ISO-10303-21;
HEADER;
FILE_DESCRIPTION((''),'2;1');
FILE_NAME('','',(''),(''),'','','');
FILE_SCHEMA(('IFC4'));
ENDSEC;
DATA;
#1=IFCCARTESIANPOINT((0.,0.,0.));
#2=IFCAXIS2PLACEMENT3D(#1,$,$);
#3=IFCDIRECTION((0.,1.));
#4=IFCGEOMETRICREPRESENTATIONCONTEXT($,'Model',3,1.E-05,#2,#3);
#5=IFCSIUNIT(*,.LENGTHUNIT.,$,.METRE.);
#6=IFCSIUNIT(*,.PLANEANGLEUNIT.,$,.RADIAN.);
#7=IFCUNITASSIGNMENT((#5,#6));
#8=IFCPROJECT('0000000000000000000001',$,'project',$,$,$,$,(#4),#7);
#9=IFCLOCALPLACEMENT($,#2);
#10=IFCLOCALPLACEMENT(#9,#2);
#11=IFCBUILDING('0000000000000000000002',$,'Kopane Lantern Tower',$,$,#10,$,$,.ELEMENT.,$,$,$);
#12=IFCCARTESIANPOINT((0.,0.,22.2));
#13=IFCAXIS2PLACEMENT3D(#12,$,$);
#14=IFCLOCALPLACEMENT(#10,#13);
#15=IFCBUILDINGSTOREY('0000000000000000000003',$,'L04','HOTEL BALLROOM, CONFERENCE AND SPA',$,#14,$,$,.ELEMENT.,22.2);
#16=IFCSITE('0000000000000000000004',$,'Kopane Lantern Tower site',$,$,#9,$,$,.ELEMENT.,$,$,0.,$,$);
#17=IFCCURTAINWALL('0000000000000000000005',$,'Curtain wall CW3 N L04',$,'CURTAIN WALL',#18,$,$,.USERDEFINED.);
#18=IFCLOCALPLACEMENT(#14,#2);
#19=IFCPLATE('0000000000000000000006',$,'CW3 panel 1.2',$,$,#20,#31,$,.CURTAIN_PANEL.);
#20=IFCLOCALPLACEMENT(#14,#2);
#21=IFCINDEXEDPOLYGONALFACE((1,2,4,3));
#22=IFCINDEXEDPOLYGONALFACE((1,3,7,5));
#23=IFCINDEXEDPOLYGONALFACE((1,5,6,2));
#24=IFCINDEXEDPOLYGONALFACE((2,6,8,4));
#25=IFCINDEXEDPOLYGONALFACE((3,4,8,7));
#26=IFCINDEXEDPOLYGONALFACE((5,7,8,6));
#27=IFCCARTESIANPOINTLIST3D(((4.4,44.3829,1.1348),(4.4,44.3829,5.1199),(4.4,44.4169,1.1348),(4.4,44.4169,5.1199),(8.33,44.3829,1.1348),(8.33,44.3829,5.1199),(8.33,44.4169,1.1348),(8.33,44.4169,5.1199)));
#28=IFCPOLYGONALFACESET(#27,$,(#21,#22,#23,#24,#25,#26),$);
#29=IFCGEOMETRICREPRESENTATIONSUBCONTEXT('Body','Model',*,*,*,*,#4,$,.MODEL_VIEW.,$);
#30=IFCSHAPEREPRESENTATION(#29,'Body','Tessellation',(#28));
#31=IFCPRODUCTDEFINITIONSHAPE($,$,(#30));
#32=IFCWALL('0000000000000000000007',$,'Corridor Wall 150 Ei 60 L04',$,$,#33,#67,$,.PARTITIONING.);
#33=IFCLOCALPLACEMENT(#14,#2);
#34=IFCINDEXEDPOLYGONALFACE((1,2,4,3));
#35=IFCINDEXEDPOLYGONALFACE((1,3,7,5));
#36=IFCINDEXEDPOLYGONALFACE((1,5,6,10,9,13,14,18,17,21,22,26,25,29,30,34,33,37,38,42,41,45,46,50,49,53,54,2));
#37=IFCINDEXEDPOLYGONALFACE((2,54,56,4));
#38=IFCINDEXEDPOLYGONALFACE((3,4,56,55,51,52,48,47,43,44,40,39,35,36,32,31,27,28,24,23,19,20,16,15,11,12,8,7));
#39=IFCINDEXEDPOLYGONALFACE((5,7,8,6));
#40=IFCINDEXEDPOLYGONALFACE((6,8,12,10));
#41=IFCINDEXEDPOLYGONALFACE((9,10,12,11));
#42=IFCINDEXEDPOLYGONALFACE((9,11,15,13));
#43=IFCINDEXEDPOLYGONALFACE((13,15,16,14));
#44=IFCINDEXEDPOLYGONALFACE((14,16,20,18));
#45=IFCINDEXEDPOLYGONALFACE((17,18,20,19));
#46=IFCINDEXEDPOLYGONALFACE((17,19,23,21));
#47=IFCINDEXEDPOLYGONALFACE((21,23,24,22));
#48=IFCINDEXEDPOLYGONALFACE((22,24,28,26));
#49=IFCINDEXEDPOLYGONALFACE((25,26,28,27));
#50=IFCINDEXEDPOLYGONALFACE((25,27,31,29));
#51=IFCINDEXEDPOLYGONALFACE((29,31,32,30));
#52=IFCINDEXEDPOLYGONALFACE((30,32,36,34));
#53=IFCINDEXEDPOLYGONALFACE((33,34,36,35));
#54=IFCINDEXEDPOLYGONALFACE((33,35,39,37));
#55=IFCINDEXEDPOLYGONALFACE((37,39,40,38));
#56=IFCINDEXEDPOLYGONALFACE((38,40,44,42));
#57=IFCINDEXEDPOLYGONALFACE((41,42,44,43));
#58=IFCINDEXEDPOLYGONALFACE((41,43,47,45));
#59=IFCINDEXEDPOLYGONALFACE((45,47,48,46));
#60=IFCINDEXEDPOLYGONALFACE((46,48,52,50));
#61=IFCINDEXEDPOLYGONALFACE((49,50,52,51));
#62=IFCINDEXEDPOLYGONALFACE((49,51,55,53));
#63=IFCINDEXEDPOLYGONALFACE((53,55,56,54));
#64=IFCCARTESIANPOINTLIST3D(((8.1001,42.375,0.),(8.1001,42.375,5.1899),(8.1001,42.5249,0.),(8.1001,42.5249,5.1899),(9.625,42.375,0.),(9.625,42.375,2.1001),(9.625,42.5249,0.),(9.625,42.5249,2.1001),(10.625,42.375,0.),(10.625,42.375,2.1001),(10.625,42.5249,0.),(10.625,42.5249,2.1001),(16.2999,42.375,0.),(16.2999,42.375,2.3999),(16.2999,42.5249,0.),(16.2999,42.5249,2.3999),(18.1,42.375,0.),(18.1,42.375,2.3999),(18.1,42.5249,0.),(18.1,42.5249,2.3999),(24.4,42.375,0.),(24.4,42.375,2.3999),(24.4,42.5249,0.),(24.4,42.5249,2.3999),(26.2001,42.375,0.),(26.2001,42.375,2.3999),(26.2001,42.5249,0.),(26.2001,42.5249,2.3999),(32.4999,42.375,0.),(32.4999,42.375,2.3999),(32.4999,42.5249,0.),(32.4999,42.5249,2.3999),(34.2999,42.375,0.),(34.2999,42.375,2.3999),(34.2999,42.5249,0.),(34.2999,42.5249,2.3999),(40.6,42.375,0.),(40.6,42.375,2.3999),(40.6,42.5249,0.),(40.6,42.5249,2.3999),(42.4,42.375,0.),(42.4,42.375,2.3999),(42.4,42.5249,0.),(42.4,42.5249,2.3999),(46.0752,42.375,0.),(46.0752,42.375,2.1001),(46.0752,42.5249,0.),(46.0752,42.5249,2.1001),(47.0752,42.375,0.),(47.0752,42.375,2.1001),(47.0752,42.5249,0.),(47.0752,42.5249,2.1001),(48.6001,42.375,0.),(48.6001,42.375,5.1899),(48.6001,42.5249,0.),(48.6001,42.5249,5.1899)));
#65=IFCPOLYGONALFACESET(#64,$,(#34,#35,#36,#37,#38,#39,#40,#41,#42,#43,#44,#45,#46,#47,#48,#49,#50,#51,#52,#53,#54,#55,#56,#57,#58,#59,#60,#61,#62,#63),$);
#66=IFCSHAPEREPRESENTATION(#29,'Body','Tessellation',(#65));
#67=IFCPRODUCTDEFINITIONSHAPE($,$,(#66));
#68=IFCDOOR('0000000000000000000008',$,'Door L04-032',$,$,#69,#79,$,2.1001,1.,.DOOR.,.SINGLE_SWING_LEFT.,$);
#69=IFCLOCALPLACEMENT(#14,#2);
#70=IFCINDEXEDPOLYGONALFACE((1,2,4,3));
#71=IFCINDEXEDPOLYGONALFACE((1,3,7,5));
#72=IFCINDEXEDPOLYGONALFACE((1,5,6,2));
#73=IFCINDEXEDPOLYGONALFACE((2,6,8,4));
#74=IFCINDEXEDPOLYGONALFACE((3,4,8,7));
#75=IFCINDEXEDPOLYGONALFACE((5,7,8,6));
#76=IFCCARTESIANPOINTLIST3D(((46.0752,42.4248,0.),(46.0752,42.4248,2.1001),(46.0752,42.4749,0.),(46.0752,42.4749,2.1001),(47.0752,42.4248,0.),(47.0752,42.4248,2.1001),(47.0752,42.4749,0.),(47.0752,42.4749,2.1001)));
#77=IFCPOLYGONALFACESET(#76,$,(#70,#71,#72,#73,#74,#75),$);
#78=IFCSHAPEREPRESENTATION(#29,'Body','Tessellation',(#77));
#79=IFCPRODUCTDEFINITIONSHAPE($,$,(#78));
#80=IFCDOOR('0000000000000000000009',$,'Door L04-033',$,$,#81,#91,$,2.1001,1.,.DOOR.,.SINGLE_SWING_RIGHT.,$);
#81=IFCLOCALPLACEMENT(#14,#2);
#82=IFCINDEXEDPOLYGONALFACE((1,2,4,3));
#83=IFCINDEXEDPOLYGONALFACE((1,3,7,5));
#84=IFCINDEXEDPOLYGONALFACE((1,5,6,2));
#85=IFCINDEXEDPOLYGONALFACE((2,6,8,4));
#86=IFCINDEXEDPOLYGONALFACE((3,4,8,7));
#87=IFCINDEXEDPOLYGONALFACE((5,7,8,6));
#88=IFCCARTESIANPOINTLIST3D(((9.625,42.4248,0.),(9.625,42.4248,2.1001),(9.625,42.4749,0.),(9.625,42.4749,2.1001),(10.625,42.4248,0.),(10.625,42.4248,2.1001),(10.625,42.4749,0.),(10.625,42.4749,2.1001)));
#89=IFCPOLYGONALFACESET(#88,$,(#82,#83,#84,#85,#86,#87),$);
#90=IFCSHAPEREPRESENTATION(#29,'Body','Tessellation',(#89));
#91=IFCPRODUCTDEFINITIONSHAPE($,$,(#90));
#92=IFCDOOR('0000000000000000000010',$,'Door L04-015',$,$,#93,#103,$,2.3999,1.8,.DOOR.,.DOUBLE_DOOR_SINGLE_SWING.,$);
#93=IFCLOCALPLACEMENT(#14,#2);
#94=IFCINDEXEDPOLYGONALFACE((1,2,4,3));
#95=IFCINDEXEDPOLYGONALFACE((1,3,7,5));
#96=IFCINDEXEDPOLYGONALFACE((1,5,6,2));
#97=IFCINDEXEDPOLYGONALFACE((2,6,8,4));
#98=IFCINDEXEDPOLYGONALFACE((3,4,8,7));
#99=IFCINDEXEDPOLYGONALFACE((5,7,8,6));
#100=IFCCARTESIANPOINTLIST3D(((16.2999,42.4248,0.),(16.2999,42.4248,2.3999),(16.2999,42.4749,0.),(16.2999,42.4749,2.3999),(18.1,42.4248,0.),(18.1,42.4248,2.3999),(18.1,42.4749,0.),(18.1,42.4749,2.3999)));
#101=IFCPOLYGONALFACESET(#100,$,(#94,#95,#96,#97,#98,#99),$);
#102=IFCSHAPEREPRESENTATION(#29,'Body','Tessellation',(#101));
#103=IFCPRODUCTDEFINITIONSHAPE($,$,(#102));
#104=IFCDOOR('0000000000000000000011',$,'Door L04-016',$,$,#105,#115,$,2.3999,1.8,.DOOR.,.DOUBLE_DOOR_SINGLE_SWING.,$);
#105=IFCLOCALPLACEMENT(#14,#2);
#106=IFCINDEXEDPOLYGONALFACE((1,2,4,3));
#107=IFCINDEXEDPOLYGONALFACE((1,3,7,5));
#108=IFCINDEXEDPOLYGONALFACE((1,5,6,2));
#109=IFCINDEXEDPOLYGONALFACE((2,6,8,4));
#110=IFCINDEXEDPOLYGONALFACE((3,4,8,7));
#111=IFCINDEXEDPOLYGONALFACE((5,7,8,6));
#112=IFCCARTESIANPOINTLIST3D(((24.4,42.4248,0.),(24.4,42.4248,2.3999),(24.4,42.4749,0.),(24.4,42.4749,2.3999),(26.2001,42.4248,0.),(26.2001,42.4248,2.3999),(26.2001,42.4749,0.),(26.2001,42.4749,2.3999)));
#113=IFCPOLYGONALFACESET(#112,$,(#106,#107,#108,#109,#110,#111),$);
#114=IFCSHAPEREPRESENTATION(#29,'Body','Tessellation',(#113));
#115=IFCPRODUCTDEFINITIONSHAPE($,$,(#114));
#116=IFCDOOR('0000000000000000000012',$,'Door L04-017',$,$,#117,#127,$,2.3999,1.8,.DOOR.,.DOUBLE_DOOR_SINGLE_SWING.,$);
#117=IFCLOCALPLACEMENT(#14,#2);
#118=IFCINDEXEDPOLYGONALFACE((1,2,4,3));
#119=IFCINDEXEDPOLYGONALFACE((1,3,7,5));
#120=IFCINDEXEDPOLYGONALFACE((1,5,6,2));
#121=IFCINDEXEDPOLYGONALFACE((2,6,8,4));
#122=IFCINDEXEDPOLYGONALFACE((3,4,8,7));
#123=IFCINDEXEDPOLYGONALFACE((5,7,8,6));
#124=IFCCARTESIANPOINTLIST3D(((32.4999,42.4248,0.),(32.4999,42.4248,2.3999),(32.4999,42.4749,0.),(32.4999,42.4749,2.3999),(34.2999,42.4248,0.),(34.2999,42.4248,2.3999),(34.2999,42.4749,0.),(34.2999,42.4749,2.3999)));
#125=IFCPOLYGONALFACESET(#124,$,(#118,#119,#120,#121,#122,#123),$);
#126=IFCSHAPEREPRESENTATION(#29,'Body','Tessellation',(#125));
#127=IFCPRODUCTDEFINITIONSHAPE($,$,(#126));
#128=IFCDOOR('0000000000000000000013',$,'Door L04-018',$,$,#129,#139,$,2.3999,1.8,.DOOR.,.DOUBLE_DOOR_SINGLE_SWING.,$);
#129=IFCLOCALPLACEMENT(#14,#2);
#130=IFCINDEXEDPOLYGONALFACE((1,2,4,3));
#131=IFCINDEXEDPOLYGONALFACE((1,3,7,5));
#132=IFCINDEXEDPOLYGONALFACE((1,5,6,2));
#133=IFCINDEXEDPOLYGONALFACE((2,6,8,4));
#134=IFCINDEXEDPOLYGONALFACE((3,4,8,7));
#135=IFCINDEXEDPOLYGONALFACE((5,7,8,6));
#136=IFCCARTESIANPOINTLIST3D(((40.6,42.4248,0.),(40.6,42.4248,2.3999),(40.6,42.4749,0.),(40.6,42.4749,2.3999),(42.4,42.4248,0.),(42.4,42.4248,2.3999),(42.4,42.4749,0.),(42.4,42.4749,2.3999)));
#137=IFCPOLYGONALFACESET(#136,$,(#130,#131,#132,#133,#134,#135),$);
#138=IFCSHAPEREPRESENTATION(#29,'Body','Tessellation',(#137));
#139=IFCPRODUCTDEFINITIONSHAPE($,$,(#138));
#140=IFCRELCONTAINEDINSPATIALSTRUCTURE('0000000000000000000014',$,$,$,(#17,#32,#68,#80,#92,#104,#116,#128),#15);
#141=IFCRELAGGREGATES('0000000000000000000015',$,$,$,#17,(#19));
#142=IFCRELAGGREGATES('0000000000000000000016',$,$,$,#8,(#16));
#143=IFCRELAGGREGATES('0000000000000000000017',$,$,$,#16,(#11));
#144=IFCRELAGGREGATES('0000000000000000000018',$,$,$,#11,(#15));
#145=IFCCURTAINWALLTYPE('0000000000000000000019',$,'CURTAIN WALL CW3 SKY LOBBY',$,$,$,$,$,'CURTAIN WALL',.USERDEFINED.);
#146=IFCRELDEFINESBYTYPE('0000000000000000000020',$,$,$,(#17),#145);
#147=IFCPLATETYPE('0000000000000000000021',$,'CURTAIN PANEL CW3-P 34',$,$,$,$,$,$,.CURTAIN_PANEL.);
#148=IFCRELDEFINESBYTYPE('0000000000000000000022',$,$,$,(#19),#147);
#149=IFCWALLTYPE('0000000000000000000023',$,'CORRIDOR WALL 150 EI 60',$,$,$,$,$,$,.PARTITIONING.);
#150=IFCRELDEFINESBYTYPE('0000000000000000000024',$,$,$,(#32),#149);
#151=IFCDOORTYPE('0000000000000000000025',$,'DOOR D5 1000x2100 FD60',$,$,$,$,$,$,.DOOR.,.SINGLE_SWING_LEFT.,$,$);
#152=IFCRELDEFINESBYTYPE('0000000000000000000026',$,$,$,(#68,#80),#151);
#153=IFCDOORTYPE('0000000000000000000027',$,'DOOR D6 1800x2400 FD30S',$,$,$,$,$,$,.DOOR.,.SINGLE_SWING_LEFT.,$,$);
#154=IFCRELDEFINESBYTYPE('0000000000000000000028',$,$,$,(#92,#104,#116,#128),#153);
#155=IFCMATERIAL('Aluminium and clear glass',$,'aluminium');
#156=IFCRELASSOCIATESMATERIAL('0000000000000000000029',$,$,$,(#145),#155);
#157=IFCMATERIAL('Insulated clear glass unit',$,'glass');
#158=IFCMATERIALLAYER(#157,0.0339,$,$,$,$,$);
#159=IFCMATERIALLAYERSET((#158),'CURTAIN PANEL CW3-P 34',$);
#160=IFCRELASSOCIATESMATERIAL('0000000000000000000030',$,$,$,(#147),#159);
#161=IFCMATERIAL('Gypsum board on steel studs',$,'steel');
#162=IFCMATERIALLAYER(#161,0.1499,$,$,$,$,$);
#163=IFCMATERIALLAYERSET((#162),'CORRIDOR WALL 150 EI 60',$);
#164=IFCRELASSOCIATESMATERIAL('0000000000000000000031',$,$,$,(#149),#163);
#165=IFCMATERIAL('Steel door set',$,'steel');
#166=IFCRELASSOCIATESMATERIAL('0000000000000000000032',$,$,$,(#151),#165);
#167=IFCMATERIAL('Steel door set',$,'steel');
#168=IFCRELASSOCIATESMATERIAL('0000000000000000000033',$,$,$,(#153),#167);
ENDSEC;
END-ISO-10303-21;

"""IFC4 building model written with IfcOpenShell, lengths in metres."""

from ifc_helpers import new_model, si_unit, direction, frame, frame_2d, origin, origin_2d, place, context, subcontext, project, spatial, rectangle, extrude, material, layer, layer_set, type_object, element, fill, aggregate, save


model = new_model("IFC4")

# Units and contexts
model_context = context("Model", 3, precision=1e-05, world=origin(), true_north=direction((0.0, 1.0)))
body_context = subcontext(model_context, "Body", "Model", "MODEL_VIEW")
ifc_project = project(units=[si_unit("LENGTHUNIT", "METRE"), si_unit("PLANEANGLEUNIT", "RADIAN")], contexts=[model_context])

# Site, building, storey
site_placement = place(None, origin())
site = spatial("IfcSite", under=ifc_project, at=site_placement, Name="Kopane Lantern Tower site", CompositionType="ELEMENT", RefElevation=0.0)
building_placement = place(site_placement, origin())
building = spatial("IfcBuilding", under=site, at=building_placement, Name="Kopane Lantern Tower", CompositionType="ELEMENT")
storey_placement = place(building_placement, frame((0.0, 0.0, 22.2)))
storey = spatial("IfcBuildingStorey", under=building, at=storey_placement, Name="L04", Description="HOTEL BALLROOM, CONFERENCE AND SPA", CompositionType="ELEMENT", Elevation=22.2)

# Shared definitions
ifc_material_1 = material(Name="Aluminium and clear glass", Category="aluminium")
curtain_wall_type = type_object("IfcCurtainWallType", Name="CURTAIN WALL CW3 SKY LOBBY", ElementType="CURTAIN WALL", PredefinedType="USERDEFINED", material=ifc_material_1)

# Curtain wall, plate
curtain_wall_1_placement = place(storey_placement, origin())
curtain_wall_1 = element("IfcCurtainWall", 1, at=curtain_wall_1_placement, inside=storey, type_object=curtain_wall_type, Name="Curtain wall CW3 N L04", ObjectType="CURTAIN WALL", PredefinedType="USERDEFINED")
ifc_material_2 = material(Name="Insulated clear glass unit", Category="glass")
ifc_layer_1 = layer(ifc_material_2, 0.0339)
ifc_layer_set_1 = layer_set([ifc_layer_1], Name="CURTAIN PANEL CW3-P 34")
plate_type = type_object("IfcPlateType", Name="CURTAIN PANEL CW3-P 34", PredefinedType="CURTAIN_PANEL", material=ifc_layer_set_1)
plate_placement = place(storey_placement, frame((6.365, 44.3999, 1.1348), z_axis=(0.0, 0.0, 1.0), x_axis=(-1.0, 0.0, 0.0)))
plate = element("IfcPlate", 2, at=plate_placement, type_object=plate_type, Name="CW3 panel 1.2", PredefinedType="CURTAIN_PANEL", context=body_context, shape_type="SweptSolid", body=[
    extrude(rectangle(XDim=3.9299, YDim=0.0339, at=origin_2d()), origin(), (0.0, 0.0, 1.0), 3.9851),
])
aggregate(curtain_wall_1, [plate])

# Wall, openings, doors
ifc_material_3 = material(Name="Gypsum board on steel studs", Category="steel")
ifc_layer_2 = layer(ifc_material_3, 0.1499)
ifc_layer_set_2 = layer_set([ifc_layer_2], Name="CORRIDOR WALL 150 EI 60")
wall_type = type_object("IfcWallType", Name="CORRIDOR WALL 150 EI 60", PredefinedType="PARTITIONING", material=ifc_layer_set_2)
wall_1_placement = place(storey_placement, frame((8.1001, 42.45, 0.0), z_axis=(0.0, 0.0, 1.0), x_axis=(1.0, 0.0, 0.0)))
wall_1 = element("IfcWall", 3, at=wall_1_placement, inside=storey, type_object=wall_type, Name="Corridor Wall 150 Ei 60 L04", PredefinedType="PARTITIONING", context=body_context, shape_type="SweptSolid", body=[
    extrude(rectangle(XDim=40.5, YDim=0.1499, at=frame_2d((20.25, 0.0))), origin(), (0.0, 0.0, 1.0), 5.1899),
])
opening_1_placement = place(wall_1_placement, frame((8.2, 0.0, 0.0)))
opening_1 = element("IfcOpeningElement", 4, at=opening_1_placement, cuts=wall_1, PredefinedType="OPENING", context=body_context, shape_type="SweptSolid", body=[
    extrude(rectangle(XDim=1.8, YDim=2.3999, at=frame_2d((0.8999, 1.2))), frame((0.0, 0.085, 0.0), z_axis=(0.0, -1.0, 0.0), x_axis=(1.0, 0.0, 0.0)), (0.0, 0.0, 1.0), 0.1699),
])
opening_2_placement = place(wall_1_placement, frame((16.3, 0.0, 0.0)))
opening_2 = element("IfcOpeningElement", 5, at=opening_2_placement, cuts=wall_1, PredefinedType="OPENING", context=body_context, shape_type="SweptSolid", body=[
    extrude(rectangle(XDim=1.8, YDim=2.3999, at=frame_2d((0.8999, 1.2))), frame((0.0, 0.085, 0.0), z_axis=(0.0, -1.0, 0.0), x_axis=(1.0, 0.0, 0.0)), (0.0, 0.0, 1.0), 0.1699),
])
opening_3_placement = place(wall_1_placement, frame((24.3999, 0.0, 0.0)))
opening_3 = element("IfcOpeningElement", 6, at=opening_3_placement, cuts=wall_1, PredefinedType="OPENING", context=body_context, shape_type="SweptSolid", body=[
    extrude(rectangle(XDim=1.8, YDim=2.3999, at=frame_2d((0.8999, 1.2))), frame((0.0, 0.085, 0.0), z_axis=(0.0, -1.0, 0.0), x_axis=(1.0, 0.0, 0.0)), (0.0, 0.0, 1.0), 0.1699),
])
opening_4_placement = place(wall_1_placement, frame((32.5, 0.0, 0.0)))
opening_4 = element("IfcOpeningElement", 7, at=opening_4_placement, cuts=wall_1, PredefinedType="OPENING", context=body_context, shape_type="SweptSolid", body=[
    extrude(rectangle(XDim=1.8, YDim=2.3999, at=frame_2d((0.8999, 1.2))), frame((0.0, 0.085, 0.0), z_axis=(0.0, -1.0, 0.0), x_axis=(1.0, 0.0, 0.0)), (0.0, 0.0, 1.0), 0.1699),
])
opening_5_placement = place(wall_1_placement, frame((37.9751, 0.0, 0.0)))
opening_5 = element("IfcOpeningElement", 8, at=opening_5_placement, cuts=wall_1, PredefinedType="OPENING", context=body_context, shape_type="SweptSolid", body=[
    extrude(rectangle(XDim=1.0, YDim=2.1001, at=frame_2d((0.5, 1.05))), frame((0.0, 0.085, 0.0), z_axis=(0.0, -1.0, 0.0), x_axis=(1.0, 0.0, 0.0)), (0.0, 0.0, 1.0), 0.1699),
])
opening_6_placement = place(wall_1_placement, frame((1.5249, 0.0, 0.0)))
opening_6 = element("IfcOpeningElement", 9, at=opening_6_placement, cuts=wall_1, PredefinedType="OPENING", context=body_context, shape_type="SweptSolid", body=[
    extrude(rectangle(XDim=1.0, YDim=2.1001, at=frame_2d((0.5, 1.05))), frame((0.0, 0.085, 0.0), z_axis=(0.0, -1.0, 0.0), x_axis=(1.0, 0.0, 0.0)), (0.0, 0.0, 1.0), 0.1699),
])
ifc_material_4 = material(Name="Steel door set", Category="steel")
door_type_1 = type_object("IfcDoorType", Name="DOOR D5 1000x2100 FD60", OperationType="SINGLE_SWING_LEFT", PredefinedType="DOOR", material=ifc_material_4)
door_1_placement = place(opening_5_placement, origin())
door_1 = element("IfcDoor", 10, at=door_1_placement, inside=storey, type_object=door_type_1, Name="Door L04-032", OperationType="SINGLE_SWING_LEFT", OverallHeight=2.1001, OverallWidth=1.0, PredefinedType="DOOR", context=body_context, shape_type="SweptSolid", body=[
    extrude(rectangle(XDim=1.0, YDim=2.1001, at=frame_2d((0.5, 1.05))), frame((0.0, 0.0249, 0.0), z_axis=(0.0, -1.0, 0.0), x_axis=(1.0, 0.0, 0.0)), (0.0, 0.0, 1.0), 0.05),
])
fill(opening_5, door_1)
door_2_placement = place(opening_6_placement, origin())
door_2 = element("IfcDoor", 11, at=door_2_placement, inside=storey, type_object=door_type_1, Name="Door L04-033", OperationType="SINGLE_SWING_RIGHT", OverallHeight=2.1001, OverallWidth=1.0, PredefinedType="DOOR", context=body_context, shape_type="SweptSolid", body=[
    extrude(rectangle(XDim=1.0, YDim=2.1001, at=frame_2d((0.5, 1.05))), frame((0.0, 0.0249, 0.0), z_axis=(0.0, -1.0, 0.0), x_axis=(1.0, 0.0, 0.0)), (0.0, 0.0, 1.0), 0.05),
])
fill(opening_6, door_2)
ifc_material_5 = material(Name="Steel door set", Category="steel")
door_type_2 = type_object("IfcDoorType", Name="DOOR D6 1800x2400 FD30S", OperationType="SINGLE_SWING_LEFT", PredefinedType="DOOR", material=ifc_material_5)
door_3_placement = place(opening_1_placement, origin())
door_3 = element("IfcDoor", 12, at=door_3_placement, inside=storey, type_object=door_type_2, Name="Door L04-015", OperationType="DOUBLE_DOOR_SINGLE_SWING", OverallHeight=2.3999, OverallWidth=1.8, PredefinedType="DOOR", context=body_context, shape_type="SweptSolid", body=[
    extrude(rectangle(XDim=1.8, YDim=2.3999, at=frame_2d((0.8999, 1.2))), frame((0.0, 0.0249, 0.0), z_axis=(0.0, -1.0, 0.0), x_axis=(1.0, 0.0, 0.0)), (0.0, 0.0, 1.0), 0.05),
])
fill(opening_1, door_3)
door_4_placement = place(opening_2_placement, origin())
door_4 = element("IfcDoor", 13, at=door_4_placement, inside=storey, type_object=door_type_2, Name="Door L04-016", OperationType="DOUBLE_DOOR_SINGLE_SWING", OverallHeight=2.3999, OverallWidth=1.8, PredefinedType="DOOR", context=body_context, shape_type="SweptSolid", body=[
    extrude(rectangle(XDim=1.8, YDim=2.3999, at=frame_2d((0.8999, 1.2))), frame((0.0, 0.0249, 0.0), z_axis=(0.0, -1.0, 0.0), x_axis=(1.0, 0.0, 0.0)), (0.0, 0.0, 1.0), 0.05),
])
fill(opening_2, door_4)
door_5_placement = place(opening_3_placement, origin())
door_5 = element("IfcDoor", 14, at=door_5_placement, inside=storey, type_object=door_type_2, Name="Door L04-017", OperationType="DOUBLE_DOOR_SINGLE_SWING", OverallHeight=2.3999, OverallWidth=1.8, PredefinedType="DOOR", context=body_context, shape_type="SweptSolid", body=[
    extrude(rectangle(XDim=1.8, YDim=2.3999, at=frame_2d((0.8999, 1.2))), frame((0.0, 0.0249, 0.0), z_axis=(0.0, -1.0, 0.0), x_axis=(1.0, 0.0, 0.0)), (0.0, 0.0, 1.0), 0.05),
])
fill(opening_3, door_5)
door_6_placement = place(opening_4_placement, origin())
door_6 = element("IfcDoor", 15, at=door_6_placement, inside=storey, type_object=door_type_2, Name="Door L04-018", OperationType="DOUBLE_DOOR_SINGLE_SWING", OverallHeight=2.3999, OverallWidth=1.8, PredefinedType="DOOR", context=body_context, shape_type="SweptSolid", body=[
    extrude(rectangle(XDim=1.8, YDim=2.3999, at=frame_2d((0.8999, 1.2))), frame((0.0, 0.0249, 0.0), z_axis=(0.0, -1.0, 0.0), x_axis=(1.0, 0.0, 0.0)), (0.0, 0.0, 1.0), 0.05),
])
fill(opening_4, door_6)

save(model, "model.ifc")
